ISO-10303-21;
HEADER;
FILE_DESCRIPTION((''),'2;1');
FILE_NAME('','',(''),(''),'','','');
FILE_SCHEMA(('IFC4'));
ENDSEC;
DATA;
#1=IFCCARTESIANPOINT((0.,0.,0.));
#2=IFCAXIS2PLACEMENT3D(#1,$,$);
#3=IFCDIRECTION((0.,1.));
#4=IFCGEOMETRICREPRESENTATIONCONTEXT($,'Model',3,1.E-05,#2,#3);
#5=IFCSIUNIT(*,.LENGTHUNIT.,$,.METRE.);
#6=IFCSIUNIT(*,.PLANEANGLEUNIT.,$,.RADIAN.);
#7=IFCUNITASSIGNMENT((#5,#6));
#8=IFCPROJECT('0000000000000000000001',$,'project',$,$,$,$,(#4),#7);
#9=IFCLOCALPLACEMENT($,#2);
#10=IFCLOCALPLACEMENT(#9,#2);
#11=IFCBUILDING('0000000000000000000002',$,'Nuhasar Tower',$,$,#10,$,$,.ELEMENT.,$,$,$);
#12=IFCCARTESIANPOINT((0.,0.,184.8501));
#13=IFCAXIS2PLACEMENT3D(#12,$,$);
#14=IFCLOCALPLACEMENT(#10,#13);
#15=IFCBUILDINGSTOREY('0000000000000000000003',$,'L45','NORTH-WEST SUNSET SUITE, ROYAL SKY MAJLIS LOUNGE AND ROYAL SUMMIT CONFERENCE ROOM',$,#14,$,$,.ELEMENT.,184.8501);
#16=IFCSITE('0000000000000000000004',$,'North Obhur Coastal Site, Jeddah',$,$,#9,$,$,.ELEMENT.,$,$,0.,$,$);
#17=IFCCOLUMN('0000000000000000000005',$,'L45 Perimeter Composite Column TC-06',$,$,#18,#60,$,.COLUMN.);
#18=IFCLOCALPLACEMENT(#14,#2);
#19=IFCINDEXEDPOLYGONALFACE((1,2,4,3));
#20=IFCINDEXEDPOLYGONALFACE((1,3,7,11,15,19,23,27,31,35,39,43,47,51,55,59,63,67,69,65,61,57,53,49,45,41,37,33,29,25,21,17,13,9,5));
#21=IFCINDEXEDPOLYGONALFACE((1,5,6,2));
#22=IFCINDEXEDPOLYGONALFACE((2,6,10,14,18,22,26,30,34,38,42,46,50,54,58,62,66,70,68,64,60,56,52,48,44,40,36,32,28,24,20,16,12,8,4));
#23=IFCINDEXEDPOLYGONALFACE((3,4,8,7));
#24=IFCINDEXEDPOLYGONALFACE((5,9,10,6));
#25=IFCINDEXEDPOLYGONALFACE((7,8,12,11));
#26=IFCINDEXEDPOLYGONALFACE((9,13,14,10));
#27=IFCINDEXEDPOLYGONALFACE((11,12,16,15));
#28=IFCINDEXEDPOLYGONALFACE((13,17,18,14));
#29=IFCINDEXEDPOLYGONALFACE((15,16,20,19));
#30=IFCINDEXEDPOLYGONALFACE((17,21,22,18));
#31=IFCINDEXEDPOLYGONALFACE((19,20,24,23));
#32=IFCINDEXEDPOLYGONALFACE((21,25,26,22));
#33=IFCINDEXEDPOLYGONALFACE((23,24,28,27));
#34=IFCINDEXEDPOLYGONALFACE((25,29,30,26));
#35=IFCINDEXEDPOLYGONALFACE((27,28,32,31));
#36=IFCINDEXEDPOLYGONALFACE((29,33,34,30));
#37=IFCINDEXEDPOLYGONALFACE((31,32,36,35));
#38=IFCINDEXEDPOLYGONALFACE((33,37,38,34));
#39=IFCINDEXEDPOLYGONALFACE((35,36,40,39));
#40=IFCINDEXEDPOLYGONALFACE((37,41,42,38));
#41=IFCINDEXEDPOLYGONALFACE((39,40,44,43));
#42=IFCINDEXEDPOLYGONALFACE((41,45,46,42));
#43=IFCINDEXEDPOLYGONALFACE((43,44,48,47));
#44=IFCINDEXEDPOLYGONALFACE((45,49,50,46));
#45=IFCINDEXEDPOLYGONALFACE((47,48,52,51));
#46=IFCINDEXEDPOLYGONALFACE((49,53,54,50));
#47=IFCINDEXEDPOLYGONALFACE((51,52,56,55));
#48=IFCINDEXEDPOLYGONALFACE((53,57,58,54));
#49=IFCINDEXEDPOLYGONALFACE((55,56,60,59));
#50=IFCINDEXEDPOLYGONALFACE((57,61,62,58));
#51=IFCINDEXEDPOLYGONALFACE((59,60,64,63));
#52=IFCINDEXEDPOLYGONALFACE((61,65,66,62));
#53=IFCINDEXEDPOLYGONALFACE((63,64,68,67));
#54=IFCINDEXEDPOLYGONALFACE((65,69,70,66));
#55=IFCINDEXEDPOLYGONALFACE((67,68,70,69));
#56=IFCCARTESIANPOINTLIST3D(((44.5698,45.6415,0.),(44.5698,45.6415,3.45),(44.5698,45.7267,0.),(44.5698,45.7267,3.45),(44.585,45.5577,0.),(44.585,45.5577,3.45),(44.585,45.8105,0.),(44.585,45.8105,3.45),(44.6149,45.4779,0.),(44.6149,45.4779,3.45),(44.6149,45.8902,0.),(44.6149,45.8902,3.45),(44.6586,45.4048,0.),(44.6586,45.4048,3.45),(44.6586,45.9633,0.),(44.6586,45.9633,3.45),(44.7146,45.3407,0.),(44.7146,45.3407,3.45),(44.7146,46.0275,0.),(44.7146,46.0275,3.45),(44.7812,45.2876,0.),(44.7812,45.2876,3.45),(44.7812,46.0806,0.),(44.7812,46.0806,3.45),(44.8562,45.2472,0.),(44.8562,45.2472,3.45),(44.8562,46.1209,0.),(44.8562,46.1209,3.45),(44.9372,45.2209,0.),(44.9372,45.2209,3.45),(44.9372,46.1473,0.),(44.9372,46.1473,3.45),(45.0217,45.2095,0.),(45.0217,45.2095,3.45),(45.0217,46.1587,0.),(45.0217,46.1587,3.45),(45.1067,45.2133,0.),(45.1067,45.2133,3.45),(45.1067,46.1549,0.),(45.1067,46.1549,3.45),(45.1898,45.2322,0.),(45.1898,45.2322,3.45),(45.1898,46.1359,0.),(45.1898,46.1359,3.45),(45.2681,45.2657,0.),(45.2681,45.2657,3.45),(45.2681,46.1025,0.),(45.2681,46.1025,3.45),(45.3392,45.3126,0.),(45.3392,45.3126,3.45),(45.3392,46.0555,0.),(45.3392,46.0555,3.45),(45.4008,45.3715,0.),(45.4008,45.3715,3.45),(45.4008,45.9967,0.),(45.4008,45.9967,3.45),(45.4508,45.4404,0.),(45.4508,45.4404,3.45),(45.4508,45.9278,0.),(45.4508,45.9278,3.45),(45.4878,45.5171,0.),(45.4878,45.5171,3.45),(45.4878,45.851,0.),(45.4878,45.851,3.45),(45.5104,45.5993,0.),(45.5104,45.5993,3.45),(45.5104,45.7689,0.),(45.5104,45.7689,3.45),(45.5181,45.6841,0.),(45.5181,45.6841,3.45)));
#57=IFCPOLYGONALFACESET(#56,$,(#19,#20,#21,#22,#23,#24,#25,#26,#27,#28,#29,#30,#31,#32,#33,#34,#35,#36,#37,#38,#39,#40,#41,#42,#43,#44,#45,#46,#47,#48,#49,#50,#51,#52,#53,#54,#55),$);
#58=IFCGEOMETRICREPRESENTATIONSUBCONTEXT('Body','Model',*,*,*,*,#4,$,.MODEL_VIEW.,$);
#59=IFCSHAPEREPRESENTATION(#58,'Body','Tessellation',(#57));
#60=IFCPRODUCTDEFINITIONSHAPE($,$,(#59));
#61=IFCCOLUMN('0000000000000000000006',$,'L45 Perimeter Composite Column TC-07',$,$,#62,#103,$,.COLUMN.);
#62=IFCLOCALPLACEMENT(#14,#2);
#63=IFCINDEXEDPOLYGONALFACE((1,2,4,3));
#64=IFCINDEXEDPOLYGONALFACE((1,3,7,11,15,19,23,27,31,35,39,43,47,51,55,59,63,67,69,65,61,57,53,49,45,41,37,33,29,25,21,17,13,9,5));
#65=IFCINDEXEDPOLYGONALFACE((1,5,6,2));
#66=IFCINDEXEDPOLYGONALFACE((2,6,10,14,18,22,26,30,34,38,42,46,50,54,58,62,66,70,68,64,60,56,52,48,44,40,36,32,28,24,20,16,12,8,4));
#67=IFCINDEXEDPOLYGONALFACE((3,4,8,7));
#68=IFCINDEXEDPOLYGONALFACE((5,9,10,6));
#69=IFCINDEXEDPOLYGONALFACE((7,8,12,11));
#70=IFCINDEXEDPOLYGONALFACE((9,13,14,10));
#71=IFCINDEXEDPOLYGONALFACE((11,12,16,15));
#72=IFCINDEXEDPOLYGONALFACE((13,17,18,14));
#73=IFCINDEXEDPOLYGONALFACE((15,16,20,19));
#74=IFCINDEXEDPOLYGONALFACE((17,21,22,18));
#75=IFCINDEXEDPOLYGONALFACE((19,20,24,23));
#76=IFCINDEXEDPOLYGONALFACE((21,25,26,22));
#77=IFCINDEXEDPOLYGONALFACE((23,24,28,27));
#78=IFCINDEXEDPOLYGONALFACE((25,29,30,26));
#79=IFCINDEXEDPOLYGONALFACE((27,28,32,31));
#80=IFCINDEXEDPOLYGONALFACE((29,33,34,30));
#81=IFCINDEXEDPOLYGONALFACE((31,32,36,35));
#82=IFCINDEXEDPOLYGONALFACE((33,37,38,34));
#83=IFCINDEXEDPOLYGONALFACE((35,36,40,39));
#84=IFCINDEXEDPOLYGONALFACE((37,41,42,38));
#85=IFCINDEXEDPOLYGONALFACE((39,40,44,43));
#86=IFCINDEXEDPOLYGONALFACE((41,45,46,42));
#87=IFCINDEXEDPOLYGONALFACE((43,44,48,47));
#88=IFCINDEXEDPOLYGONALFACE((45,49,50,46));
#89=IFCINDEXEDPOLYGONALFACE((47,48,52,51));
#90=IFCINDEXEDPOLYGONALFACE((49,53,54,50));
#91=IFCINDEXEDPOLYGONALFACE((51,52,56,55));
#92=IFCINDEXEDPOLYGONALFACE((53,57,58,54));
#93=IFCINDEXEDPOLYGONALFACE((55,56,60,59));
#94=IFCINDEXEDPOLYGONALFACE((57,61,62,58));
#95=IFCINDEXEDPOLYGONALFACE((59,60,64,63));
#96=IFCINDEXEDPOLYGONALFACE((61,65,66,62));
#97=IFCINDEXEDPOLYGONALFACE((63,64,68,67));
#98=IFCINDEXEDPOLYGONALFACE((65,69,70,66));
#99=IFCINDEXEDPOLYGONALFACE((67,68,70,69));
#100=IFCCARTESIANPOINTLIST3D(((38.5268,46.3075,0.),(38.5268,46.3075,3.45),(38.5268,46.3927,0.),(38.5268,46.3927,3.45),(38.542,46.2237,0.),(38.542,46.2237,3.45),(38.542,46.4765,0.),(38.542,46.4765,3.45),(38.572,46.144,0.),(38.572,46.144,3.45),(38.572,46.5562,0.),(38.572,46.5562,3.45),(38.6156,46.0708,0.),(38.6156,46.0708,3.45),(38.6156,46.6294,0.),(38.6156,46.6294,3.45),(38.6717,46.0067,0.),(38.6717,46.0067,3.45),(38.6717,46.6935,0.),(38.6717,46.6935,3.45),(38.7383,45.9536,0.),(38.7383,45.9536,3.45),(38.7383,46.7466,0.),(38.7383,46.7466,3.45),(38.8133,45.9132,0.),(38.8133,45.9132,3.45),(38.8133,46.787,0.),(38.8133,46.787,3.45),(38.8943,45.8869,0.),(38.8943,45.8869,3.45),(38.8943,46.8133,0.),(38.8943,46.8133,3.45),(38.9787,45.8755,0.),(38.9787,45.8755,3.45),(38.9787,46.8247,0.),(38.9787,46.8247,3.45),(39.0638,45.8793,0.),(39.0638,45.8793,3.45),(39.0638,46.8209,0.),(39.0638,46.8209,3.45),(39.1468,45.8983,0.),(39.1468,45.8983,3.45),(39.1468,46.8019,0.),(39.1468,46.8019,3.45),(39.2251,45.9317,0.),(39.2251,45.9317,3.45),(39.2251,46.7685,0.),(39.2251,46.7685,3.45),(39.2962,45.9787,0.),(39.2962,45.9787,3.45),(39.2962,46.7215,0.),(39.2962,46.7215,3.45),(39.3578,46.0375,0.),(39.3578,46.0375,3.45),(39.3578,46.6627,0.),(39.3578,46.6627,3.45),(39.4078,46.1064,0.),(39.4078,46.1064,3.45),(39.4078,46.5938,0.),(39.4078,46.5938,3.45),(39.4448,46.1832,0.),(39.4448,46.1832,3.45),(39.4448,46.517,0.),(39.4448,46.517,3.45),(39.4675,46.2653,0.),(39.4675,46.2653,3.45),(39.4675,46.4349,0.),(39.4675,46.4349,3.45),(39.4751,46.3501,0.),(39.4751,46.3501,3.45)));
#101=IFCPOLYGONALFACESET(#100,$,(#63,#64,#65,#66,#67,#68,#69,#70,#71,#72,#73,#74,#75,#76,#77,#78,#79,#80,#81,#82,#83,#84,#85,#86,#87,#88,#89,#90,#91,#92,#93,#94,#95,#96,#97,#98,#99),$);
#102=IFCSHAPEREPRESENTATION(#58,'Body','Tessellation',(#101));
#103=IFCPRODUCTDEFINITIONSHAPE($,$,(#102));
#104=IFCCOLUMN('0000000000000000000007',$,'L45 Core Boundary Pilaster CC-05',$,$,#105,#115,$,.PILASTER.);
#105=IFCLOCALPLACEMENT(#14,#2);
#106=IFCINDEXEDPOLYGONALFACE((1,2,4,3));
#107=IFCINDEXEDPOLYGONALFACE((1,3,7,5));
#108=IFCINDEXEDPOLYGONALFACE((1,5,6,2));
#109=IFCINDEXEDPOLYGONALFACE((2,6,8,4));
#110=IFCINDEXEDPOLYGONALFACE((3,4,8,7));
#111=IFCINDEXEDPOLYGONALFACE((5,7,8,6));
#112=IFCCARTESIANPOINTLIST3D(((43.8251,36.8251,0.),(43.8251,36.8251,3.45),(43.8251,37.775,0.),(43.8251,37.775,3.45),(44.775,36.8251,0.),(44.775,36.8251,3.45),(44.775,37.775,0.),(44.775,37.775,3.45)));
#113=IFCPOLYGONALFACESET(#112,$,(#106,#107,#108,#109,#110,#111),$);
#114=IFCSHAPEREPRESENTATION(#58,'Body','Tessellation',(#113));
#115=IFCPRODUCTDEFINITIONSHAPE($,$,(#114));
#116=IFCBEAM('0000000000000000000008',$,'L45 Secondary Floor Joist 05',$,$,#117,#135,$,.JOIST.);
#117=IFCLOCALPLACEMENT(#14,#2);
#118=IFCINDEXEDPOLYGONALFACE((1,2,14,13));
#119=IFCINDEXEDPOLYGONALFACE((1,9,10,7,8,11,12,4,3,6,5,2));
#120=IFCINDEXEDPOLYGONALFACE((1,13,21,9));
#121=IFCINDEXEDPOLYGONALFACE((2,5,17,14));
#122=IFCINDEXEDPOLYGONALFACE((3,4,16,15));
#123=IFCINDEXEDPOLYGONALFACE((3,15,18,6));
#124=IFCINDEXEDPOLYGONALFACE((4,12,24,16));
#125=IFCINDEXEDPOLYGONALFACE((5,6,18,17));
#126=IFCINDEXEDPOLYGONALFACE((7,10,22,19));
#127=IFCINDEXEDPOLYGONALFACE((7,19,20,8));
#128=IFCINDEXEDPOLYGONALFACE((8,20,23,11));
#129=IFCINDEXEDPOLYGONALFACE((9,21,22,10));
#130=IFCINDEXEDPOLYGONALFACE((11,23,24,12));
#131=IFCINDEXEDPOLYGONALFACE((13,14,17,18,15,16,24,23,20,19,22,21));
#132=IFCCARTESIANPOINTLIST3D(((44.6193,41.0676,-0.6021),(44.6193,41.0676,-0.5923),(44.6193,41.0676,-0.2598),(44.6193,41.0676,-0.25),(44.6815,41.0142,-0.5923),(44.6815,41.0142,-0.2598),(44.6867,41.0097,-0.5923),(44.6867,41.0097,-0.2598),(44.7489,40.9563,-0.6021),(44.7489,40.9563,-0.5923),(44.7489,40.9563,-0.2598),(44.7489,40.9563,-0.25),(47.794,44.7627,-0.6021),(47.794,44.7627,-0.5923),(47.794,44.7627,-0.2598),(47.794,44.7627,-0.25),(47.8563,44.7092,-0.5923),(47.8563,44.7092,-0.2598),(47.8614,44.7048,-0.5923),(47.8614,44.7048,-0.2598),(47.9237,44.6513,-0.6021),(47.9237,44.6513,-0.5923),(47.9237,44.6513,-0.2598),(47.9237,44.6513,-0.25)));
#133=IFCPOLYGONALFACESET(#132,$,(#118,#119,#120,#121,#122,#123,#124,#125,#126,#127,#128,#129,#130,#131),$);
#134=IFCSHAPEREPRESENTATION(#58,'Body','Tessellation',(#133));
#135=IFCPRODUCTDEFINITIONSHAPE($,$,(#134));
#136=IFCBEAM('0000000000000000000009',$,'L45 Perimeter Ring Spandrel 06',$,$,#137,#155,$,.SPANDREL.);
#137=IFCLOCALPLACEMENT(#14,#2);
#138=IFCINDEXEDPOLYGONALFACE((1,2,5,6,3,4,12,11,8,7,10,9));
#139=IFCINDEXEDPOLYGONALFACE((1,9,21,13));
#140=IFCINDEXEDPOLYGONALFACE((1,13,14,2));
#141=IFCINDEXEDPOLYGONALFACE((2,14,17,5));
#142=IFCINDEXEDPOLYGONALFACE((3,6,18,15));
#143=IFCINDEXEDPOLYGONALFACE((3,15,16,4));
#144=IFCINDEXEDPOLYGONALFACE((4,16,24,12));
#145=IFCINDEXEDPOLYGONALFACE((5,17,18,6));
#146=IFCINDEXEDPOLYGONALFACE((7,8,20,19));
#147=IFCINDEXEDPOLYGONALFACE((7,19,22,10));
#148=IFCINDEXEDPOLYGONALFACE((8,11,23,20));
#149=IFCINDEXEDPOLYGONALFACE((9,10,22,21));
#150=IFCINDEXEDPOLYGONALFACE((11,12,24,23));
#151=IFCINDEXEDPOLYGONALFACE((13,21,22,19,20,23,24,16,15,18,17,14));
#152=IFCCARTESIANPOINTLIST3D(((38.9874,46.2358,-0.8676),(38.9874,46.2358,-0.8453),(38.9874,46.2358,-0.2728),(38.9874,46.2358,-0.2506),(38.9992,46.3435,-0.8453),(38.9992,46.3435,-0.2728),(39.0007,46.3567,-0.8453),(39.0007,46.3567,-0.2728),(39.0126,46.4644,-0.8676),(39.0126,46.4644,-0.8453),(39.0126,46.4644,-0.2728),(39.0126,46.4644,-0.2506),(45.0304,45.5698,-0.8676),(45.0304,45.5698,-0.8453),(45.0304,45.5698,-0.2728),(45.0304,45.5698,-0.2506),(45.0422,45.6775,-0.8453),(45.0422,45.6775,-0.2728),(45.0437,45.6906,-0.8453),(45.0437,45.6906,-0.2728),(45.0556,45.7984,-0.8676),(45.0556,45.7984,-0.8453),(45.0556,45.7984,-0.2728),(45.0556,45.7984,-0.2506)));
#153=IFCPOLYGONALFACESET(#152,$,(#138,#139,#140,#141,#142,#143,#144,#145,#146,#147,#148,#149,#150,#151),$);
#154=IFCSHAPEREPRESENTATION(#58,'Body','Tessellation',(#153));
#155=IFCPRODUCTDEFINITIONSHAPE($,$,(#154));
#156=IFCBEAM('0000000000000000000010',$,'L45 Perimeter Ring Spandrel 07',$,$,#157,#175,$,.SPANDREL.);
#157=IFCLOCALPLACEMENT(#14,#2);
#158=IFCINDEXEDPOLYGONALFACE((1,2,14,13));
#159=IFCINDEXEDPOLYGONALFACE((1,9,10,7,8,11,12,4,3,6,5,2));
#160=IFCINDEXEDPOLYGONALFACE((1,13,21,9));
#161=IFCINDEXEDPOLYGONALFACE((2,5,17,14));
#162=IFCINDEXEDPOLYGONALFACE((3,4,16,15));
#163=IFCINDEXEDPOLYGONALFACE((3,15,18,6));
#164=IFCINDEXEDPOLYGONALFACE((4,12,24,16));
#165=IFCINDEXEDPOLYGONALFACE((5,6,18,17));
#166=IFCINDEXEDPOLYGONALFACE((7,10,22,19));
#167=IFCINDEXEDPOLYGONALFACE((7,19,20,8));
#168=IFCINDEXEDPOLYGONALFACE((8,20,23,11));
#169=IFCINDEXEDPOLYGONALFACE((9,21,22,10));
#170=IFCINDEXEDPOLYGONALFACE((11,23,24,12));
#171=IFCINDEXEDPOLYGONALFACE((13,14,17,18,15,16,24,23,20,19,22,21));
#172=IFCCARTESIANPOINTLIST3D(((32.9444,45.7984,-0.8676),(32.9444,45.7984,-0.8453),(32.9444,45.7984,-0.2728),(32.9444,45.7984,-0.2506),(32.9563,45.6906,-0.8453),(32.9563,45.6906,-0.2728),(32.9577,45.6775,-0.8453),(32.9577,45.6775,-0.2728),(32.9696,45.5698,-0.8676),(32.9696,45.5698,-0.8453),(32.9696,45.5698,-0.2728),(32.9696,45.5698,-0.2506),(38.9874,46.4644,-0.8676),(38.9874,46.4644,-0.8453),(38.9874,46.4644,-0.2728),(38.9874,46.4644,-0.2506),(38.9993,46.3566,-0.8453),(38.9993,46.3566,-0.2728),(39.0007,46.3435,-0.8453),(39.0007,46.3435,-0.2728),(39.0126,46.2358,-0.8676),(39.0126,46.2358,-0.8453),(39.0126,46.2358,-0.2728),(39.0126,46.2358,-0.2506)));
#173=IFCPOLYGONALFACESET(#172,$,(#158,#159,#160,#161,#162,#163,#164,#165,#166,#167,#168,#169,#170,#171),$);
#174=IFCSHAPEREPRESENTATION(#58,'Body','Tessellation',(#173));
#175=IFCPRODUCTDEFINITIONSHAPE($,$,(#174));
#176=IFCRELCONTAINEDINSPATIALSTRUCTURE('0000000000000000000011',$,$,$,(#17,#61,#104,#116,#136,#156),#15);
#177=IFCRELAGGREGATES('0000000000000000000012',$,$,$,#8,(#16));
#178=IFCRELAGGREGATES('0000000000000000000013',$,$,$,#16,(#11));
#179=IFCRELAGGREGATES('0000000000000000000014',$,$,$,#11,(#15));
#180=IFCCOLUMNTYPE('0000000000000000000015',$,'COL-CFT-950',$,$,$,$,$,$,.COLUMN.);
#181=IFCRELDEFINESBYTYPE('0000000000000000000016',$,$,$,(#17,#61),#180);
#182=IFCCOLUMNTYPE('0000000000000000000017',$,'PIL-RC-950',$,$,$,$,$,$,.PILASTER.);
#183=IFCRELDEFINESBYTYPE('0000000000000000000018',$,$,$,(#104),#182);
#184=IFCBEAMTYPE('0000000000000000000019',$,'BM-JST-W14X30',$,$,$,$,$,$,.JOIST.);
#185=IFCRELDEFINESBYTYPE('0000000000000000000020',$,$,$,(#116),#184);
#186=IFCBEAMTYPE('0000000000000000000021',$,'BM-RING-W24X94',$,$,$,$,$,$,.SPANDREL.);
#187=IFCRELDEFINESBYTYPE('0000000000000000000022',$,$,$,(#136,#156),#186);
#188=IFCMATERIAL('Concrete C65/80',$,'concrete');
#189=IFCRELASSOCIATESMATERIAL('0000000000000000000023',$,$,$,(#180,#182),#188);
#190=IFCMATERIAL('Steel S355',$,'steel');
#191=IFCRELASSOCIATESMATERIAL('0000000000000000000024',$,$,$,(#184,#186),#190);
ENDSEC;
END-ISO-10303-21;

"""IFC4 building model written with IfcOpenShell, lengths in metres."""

from ifc_helpers import new_model, si_unit, direction, frame, origin, origin_2d, place, context, subcontext, project, spatial, rectangle, circle, i_section, extrude, material, material_profile, profile_set, type_object, element, save


model = new_model("IFC4")

# Units and contexts
model_context = context("Model", 3, precision=1e-05, world=origin(), true_north=direction((0.0, 1.0)))
body_context = subcontext(model_context, "Body", "Model", "MODEL_VIEW")
ifc_project = project(units=[si_unit("LENGTHUNIT", "METRE"), si_unit("PLANEANGLEUNIT", "RADIAN")], contexts=[model_context])

# Site, building, storey
site_placement = place(None, origin())
site = spatial("IfcSite", under=ifc_project, at=site_placement, Name="North Obhur Coastal Site, Jeddah", CompositionType="ELEMENT", RefElevation=0.0)
building_placement = place(site_placement, origin())
building = spatial("IfcBuilding", under=site, at=building_placement, Name="Nuhasar Tower", CompositionType="ELEMENT")
storey_placement = place(building_placement, frame((0.0, 0.0, 184.8501)))
storey = spatial("IfcBuildingStorey", under=building, at=storey_placement, Name="L45", Description="NORTH-WEST SUNSET SUITE, ROYAL SKY MAJLIS LOUNGE AND ROYAL SUMMIT CONFERENCE ROOM", CompositionType="ELEMENT", Elevation=184.8501)

# Columns
ifc_material_1 = material(Name="Concrete C65/80", Category="concrete")
ifc_material_profile_1 = material_profile(ifc_material_1, circle(Radius=0.4751, at=origin_2d()), Name="CFT950")
ifc_profile_set_1 = profile_set([ifc_material_profile_1], Name="Concrete C65/80")
column_type_1 = type_object("IfcColumnType", Name="COL-CFT-950", PredefinedType="COLUMN", material=ifc_profile_set_1)
for number, where, z_axis, x_axis, name in (
    (1, (45.043, 45.6841, 0.0), (0.0, 0.0, 1.0), (1.0, 0.0, 0.0), "L45 Perimeter Composite Column TC-06"),
    (2, (39.0, 46.3501, 0.0), (0.0, 0.0, 1.0), (1.0, 0.0, 0.0), "L45 Perimeter Composite Column TC-07"),
):
    element("IfcColumn", number, at=place(storey_placement, frame(where, z_axis=z_axis, x_axis=x_axis)), inside=storey, type_object=column_type_1, Name=name, PredefinedType="COLUMN", context=body_context, shape_type="SweptSolid", body=[
        extrude(circle(Radius=0.4751, at=origin_2d()), origin(), (0.0, 0.0, 1.0), 3.45),
    ])
ifc_material_profile_2 = material_profile(ifc_material_1, rectangle(XDim=0.95, YDim=0.95, at=origin_2d()), Name="RC950X950")
ifc_profile_set_2 = profile_set([ifc_material_profile_2], Name="Concrete C65/80")
column_type_2 = type_object("IfcColumnType", Name="PIL-RC-950", PredefinedType="PILASTER", material=ifc_profile_set_2)
column_placement = place(storey_placement, frame((44.3, 37.3, 0.0), z_axis=(0.0, 0.0, 1.0), x_axis=(1.0, 0.0, 0.0)))
element("IfcColumn", 3, at=column_placement, inside=storey, type_object=column_type_2, Name="L45 Core Boundary Pilaster CC-05", PredefinedType="PILASTER", context=body_context, shape_type="SweptSolid", body=[
    extrude(rectangle(XDim=0.95, YDim=0.95, at=origin_2d()), origin(), (0.0, 0.0, 1.0), 3.45),
])

# Beams
ifc_material_2 = material(Name="Steel S355", Category="steel")
ifc_material_profile_3 = material_profile(ifc_material_2, i_section(OverallWidth=0.1709, OverallDepth=0.3521, WebThickness=0.0068, FlangeThickness=0.0098, at=origin_2d()), Name="W14X30")
ifc_profile_set_3 = profile_set([ifc_material_profile_3], Name="Steel S355")
beam_type_1 = type_object("IfcBeamType", Name="BM-JST-W14X30", PredefinedType="JOIST", material=ifc_profile_set_3)
beam_1_placement = place(storey_placement, frame((44.6841, 41.012, -0.426), z_axis=(0.651691, 0.758485, 0.0), x_axis=(-0.758485, 0.651691, 0.0)))
element("IfcBeam", 4, at=beam_1_placement, inside=storey, type_object=beam_type_1, Name="L45 Secondary Floor Joist 05", PredefinedType="JOIST", context=body_context, shape_type="SweptSolid", body=[
    extrude(i_section(OverallWidth=0.1709, OverallDepth=0.3521, WebThickness=0.0068, FlangeThickness=0.0098, at=origin_2d()), origin(), (0.0, 0.0, 1.0), 4.8716),
])
ifc_material_profile_4 = material_profile(ifc_material_2, i_section(OverallWidth=0.23, OverallDepth=0.6169, WebThickness=0.0132, FlangeThickness=0.0222, at=origin_2d()), Name="W24X94")
ifc_profile_set_4 = profile_set([ifc_material_profile_4], Name="Steel S355")
beam_type_2 = type_object("IfcBeamType", Name="BM-RING-W24X94", PredefinedType="SPANDREL", material=ifc_profile_set_4)
for number, where, z_axis, x_axis, name in (
    (5, (45.043, 45.6841, -0.5591), (-0.993981, 0.10955, 0.0), (-0.10955, -0.993981, 0.0), "L45 Perimeter Ring Spandrel 06"),
    (6, (39.0, 46.3501, -0.5591), (-0.993981, -0.10955, 0.0), (0.10955, -0.993981, 0.0), "L45 Perimeter Ring Spandrel 07"),
):
    element("IfcBeam", number, at=place(storey_placement, frame(where, z_axis=z_axis, x_axis=x_axis)), inside=storey, type_object=beam_type_2, Name=name, PredefinedType="SPANDREL", context=body_context, shape_type="SweptSolid", body=[
        extrude(i_section(OverallWidth=0.23, OverallDepth=0.6169, WebThickness=0.0132, FlangeThickness=0.0222, at=origin_2d()), origin(), (0.0, 0.0, 1.0), 6.0796),
    ])

save(model, "model.ifc")
